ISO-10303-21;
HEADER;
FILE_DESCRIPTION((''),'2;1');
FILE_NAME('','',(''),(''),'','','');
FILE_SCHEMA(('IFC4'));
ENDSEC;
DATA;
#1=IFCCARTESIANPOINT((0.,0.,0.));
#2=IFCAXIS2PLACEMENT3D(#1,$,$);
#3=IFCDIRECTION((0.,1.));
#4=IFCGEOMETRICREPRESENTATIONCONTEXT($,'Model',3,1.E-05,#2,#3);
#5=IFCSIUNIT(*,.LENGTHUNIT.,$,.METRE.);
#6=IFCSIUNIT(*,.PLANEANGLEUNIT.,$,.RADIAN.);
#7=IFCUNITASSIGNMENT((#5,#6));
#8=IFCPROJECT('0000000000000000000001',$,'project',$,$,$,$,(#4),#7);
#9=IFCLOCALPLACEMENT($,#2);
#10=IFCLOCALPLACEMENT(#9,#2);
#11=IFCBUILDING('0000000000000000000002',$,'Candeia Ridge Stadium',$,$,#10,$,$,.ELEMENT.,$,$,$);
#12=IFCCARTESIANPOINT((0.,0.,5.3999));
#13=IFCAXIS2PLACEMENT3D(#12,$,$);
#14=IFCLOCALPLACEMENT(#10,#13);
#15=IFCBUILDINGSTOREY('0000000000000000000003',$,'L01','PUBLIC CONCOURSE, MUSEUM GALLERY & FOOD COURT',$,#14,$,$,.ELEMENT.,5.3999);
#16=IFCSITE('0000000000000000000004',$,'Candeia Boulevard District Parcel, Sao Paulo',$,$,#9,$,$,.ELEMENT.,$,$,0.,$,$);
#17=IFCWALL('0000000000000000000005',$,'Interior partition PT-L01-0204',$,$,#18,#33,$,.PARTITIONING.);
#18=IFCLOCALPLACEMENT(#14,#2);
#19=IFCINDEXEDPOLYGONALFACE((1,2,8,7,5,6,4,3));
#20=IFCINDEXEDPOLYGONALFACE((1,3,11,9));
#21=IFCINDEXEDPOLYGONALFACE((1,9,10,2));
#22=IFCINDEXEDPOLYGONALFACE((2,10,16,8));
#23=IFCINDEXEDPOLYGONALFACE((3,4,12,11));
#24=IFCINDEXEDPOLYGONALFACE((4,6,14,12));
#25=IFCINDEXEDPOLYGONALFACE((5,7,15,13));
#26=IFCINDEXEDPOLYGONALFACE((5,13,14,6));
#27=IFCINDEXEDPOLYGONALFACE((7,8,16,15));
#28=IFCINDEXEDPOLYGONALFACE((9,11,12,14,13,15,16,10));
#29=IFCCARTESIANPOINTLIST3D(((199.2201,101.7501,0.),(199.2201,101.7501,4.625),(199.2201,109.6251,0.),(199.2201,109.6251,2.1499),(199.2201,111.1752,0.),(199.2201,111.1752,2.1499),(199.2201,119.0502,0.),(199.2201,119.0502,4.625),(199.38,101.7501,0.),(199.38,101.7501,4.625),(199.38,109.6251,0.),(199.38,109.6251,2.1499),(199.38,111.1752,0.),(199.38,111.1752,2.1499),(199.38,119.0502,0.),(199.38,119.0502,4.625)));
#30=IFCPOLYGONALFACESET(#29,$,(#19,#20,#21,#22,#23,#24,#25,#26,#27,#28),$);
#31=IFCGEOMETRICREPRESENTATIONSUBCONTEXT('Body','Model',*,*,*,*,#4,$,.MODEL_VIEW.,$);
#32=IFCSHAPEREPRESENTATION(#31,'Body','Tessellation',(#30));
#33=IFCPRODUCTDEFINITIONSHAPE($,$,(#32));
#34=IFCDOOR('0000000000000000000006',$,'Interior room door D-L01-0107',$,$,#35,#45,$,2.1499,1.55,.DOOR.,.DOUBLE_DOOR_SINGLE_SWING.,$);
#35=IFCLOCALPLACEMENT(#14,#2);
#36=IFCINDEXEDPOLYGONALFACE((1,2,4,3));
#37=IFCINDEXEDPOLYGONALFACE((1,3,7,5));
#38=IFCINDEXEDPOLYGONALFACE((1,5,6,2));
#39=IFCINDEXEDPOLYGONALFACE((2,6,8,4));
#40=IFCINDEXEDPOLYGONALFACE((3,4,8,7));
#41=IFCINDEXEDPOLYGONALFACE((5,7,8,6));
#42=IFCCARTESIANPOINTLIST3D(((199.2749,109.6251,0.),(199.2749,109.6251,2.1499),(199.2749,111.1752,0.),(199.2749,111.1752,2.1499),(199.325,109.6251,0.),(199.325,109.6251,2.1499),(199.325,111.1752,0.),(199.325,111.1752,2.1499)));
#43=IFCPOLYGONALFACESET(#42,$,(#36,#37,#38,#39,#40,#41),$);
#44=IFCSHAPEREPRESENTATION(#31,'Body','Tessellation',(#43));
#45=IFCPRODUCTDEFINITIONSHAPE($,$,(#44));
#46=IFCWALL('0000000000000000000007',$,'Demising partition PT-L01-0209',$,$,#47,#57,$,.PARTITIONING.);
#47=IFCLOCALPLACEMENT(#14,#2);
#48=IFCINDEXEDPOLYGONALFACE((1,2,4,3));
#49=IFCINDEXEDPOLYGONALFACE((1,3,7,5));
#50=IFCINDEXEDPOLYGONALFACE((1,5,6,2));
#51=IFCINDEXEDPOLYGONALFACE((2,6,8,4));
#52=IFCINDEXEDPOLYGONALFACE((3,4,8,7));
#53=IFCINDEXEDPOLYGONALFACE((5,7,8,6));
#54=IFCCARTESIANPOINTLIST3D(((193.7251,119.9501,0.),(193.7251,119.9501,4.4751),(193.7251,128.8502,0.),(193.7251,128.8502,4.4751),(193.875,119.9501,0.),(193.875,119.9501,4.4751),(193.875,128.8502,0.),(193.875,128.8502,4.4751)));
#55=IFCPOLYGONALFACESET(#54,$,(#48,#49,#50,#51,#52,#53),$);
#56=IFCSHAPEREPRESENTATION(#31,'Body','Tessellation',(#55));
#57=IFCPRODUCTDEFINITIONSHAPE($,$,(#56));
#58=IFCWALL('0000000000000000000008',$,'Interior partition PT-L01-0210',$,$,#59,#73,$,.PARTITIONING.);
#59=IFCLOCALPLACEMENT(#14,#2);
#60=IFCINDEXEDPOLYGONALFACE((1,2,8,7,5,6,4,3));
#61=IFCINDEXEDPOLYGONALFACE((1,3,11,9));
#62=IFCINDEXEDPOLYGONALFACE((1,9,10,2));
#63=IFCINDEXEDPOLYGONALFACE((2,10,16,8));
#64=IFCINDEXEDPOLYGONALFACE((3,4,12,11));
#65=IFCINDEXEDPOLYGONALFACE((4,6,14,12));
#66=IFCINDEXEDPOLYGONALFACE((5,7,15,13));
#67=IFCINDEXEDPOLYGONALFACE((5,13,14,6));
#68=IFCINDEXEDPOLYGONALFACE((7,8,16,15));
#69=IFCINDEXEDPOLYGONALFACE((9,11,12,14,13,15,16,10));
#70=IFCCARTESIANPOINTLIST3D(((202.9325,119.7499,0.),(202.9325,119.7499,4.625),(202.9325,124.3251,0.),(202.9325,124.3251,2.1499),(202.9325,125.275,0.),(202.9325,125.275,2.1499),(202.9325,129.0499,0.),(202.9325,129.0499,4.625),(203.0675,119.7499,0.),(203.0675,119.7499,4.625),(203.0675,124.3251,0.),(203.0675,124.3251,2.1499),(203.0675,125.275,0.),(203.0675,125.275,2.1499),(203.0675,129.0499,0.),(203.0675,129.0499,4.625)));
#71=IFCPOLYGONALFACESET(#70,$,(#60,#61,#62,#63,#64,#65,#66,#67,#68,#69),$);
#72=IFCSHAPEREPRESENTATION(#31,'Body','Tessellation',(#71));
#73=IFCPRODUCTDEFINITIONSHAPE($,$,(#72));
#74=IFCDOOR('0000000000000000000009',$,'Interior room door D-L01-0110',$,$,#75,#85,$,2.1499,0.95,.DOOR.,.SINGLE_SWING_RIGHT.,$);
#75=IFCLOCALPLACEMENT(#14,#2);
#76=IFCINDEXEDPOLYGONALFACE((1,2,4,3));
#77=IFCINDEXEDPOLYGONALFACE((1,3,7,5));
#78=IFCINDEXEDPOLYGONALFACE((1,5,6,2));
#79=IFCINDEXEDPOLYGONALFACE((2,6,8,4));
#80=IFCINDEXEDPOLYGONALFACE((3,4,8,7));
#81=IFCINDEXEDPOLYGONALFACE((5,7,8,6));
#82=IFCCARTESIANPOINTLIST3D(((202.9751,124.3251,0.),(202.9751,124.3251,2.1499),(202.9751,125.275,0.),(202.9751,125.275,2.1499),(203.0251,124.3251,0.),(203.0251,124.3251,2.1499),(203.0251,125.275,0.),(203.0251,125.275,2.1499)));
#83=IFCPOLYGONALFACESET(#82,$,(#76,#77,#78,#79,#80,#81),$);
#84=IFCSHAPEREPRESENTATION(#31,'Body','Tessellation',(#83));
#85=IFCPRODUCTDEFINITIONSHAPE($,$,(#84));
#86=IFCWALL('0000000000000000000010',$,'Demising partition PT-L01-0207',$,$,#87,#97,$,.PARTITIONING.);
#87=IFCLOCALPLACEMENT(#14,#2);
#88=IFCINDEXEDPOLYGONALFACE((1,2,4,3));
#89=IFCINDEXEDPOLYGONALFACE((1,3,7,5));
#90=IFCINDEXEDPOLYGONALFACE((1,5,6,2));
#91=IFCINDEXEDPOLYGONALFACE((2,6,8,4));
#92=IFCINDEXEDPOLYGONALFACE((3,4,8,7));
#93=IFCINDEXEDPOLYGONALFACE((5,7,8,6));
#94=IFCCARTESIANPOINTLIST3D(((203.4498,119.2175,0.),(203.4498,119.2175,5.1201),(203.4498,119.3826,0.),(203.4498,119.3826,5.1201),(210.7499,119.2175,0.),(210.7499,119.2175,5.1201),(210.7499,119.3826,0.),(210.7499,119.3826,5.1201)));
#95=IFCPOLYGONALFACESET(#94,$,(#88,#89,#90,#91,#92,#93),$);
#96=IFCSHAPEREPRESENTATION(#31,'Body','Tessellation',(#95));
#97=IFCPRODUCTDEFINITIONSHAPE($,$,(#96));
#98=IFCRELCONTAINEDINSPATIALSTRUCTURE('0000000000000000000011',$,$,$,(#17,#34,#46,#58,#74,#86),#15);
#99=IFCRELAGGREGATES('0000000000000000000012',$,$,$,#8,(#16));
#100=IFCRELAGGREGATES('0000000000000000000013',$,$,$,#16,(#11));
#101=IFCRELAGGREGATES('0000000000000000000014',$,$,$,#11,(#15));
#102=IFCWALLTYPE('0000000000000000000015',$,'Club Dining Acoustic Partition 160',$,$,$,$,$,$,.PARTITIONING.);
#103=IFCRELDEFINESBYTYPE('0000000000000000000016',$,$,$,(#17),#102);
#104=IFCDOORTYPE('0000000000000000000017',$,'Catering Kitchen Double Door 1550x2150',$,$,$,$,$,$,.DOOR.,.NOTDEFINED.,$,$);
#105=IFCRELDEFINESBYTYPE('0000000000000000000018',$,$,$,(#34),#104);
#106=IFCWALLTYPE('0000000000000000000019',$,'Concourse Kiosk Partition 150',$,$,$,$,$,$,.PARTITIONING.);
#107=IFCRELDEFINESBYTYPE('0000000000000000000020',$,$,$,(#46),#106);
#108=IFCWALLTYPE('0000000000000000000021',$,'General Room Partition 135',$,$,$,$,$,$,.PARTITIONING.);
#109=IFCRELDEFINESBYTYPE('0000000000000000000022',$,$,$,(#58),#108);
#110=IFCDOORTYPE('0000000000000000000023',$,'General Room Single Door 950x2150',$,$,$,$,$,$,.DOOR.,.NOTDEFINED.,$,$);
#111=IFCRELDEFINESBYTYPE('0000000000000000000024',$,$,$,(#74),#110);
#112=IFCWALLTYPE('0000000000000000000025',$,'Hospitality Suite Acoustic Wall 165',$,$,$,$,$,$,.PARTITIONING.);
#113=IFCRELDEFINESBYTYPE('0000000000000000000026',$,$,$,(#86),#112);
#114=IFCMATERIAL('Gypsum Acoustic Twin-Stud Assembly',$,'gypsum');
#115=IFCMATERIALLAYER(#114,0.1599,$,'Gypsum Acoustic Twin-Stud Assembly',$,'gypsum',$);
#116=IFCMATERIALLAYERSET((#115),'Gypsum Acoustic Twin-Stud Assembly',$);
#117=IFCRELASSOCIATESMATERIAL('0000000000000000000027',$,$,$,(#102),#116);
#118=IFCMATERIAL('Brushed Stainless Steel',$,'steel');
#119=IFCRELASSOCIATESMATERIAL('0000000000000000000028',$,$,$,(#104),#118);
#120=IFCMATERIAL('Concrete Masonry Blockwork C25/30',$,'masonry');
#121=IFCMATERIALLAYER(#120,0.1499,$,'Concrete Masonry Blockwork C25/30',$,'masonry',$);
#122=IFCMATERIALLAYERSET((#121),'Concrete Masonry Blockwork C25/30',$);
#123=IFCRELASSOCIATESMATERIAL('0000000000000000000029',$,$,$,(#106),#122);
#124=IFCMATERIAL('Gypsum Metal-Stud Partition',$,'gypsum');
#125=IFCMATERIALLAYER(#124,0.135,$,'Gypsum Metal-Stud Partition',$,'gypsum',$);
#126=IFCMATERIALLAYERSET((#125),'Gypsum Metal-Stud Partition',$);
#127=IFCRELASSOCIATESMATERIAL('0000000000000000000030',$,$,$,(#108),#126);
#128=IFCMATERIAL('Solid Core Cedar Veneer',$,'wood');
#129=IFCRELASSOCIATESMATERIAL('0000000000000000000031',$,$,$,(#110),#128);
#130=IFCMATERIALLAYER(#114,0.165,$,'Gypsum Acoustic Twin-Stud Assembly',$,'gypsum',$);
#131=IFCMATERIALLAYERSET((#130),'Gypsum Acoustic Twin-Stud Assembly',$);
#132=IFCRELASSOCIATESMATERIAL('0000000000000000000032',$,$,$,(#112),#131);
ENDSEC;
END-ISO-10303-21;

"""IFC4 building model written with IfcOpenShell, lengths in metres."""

from ifc_helpers import new_model, si_unit, direction, frame, frame_2d, origin, place, context, subcontext, project, spatial, rectangle, extrude, material, layer, layer_set, type_object, element, fill, save


model = new_model("IFC4")

# Units and contexts
model_context = context("Model", 3, precision=1e-05, world=origin(), true_north=direction((0.0, 1.0)))
body_context = subcontext(model_context, "Body", "Model", "MODEL_VIEW")
ifc_project = project(units=[si_unit("LENGTHUNIT", "METRE"), si_unit("PLANEANGLEUNIT", "RADIAN")], contexts=[model_context])

# Site, building, storey
site_placement = place(None, origin())
site = spatial("IfcSite", under=ifc_project, at=site_placement, Name="Candeia Boulevard District Parcel, Sao Paulo", CompositionType="ELEMENT", RefElevation=0.0)
building_placement = place(site_placement, origin())
building = spatial("IfcBuilding", under=site, at=building_placement, Name="Candeia Ridge Stadium", CompositionType="ELEMENT")
storey_placement = place(building_placement, frame((0.0, 0.0, 5.3999)))
storey = spatial("IfcBuildingStorey", under=building, at=storey_placement, Name="L01", Description="PUBLIC CONCOURSE, MUSEUM GALLERY & FOOD COURT", CompositionType="ELEMENT", Elevation=5.3999)

# Wall, opening, door
ifc_material_1 = material(Name="Gypsum Acoustic Twin-Stud Assembly", Category="gypsum")
ifc_layer_1 = layer(ifc_material_1, 0.1599, Name="Gypsum Acoustic Twin-Stud Assembly", Category="gypsum")
ifc_layer_set_1 = layer_set([ifc_layer_1], Name="Gypsum Acoustic Twin-Stud Assembly")
wall_type_1 = type_object("IfcWallType", Name="Club Dining Acoustic Partition 160", PredefinedType="PARTITIONING", material=ifc_layer_set_1)
wall_1_placement = place(storey_placement, frame((199.3, 119.05, 0.0), z_axis=(0.0, 0.0, 1.0), x_axis=(0.0, -1.0, 0.0)))
wall_1 = element("IfcWall", 1, at=wall_1_placement, inside=storey, type_object=wall_type_1, Name="Interior partition PT-L01-0204", PredefinedType="PARTITIONING", context=body_context, shape_type="SweptSolid", body=[
    extrude(rectangle(XDim=17.3, YDim=0.1599, at=frame_2d((8.6499, 0.0))), origin(), (0.0, 0.0, 1.0), 4.625),
])
opening_1_placement = place(wall_1_placement, frame((7.875, 0.0, 0.0)))
opening_1 = element("IfcOpeningElement", 2, at=opening_1_placement, cuts=wall_1, PredefinedType="OPENING", context=body_context, shape_type="SweptSolid", body=[
    extrude(rectangle(XDim=1.55, YDim=2.1499, at=frame_2d((0.7749, 1.075))), frame((0.0, 0.0898, 0.0), z_axis=(0.0, -1.0, 0.0), x_axis=(1.0, 0.0, 0.0)), (0.0, 0.0, 1.0), 0.1799),
])
ifc_material_2 = material(Name="Brushed Stainless Steel", Category="steel")
door_type_1 = type_object("IfcDoorType", Name="Catering Kitchen Double Door 1550x2150", OperationType="NOTDEFINED", PredefinedType="DOOR", material=ifc_material_2)
door_1_placement = place(opening_1_placement, origin())
door_1 = element("IfcDoor", 3, at=door_1_placement, inside=storey, type_object=door_type_1, Name="Interior room door D-L01-0107", OperationType="DOUBLE_DOOR_SINGLE_SWING", OverallHeight=2.1499, OverallWidth=1.55, PredefinedType="DOOR", context=body_context, shape_type="SweptSolid", body=[
    extrude(rectangle(XDim=1.55, YDim=2.1499, at=frame_2d((0.7749, 1.075))), frame((0.0, 0.0249, 0.0), z_axis=(0.0, -1.0, 0.0), x_axis=(1.0, 0.0, 0.0)), (0.0, 0.0, 1.0), 0.05),
])
fill(opening_1, door_1)

# Wall
ifc_material_3 = material(Name="Concrete Masonry Blockwork C25/30", Category="masonry")
ifc_layer_2 = layer(ifc_material_3, 0.1499, Name="Concrete Masonry Blockwork C25/30", Category="masonry")
ifc_layer_set_2 = layer_set([ifc_layer_2], Name="Concrete Masonry Blockwork C25/30")
wall_type_2 = type_object("IfcWallType", Name="Concourse Kiosk Partition 150", PredefinedType="PARTITIONING", material=ifc_layer_set_2)
wall_2_placement = place(storey_placement, frame((193.8, 119.95, 0.0), z_axis=(0.0, 0.0, 1.0), x_axis=(0.0, 1.0, 0.0)))
element("IfcWall", 4, at=wall_2_placement, inside=storey, type_object=wall_type_2, Name="Demising partition PT-L01-0209", PredefinedType="PARTITIONING", context=body_context, shape_type="SweptSolid", body=[
    extrude(rectangle(XDim=8.9001, YDim=0.1499, at=frame_2d((4.4502, 0.0))), origin(), (0.0, 0.0, 1.0), 4.4751),
])

# Wall, opening, door
ifc_material_4 = material(Name="Gypsum Metal-Stud Partition", Category="gypsum")
ifc_layer_3 = layer(ifc_material_4, 0.135, Name="Gypsum Metal-Stud Partition", Category="gypsum")
ifc_layer_set_3 = layer_set([ifc_layer_3], Name="Gypsum Metal-Stud Partition")
wall_type_3 = type_object("IfcWallType", Name="General Room Partition 135", PredefinedType="PARTITIONING", material=ifc_layer_set_3)
wall_3_placement = place(storey_placement, frame((203.0, 119.75, 0.0), z_axis=(0.0, 0.0, 1.0), x_axis=(0.0, 1.0, 0.0)))
wall_3 = element("IfcWall", 5, at=wall_3_placement, inside=storey, type_object=wall_type_3, Name="Interior partition PT-L01-0210", PredefinedType="PARTITIONING", context=body_context, shape_type="SweptSolid", body=[
    extrude(rectangle(XDim=9.3, YDim=0.135, at=frame_2d((4.6499, 0.0))), origin(), (0.0, 0.0, 1.0), 4.625),
])
opening_2_placement = place(wall_3_placement, frame((4.575, 0.0, 0.0)))
opening_2 = element("IfcOpeningElement", 6, at=opening_2_placement, cuts=wall_3, PredefinedType="OPENING", context=body_context, shape_type="SweptSolid", body=[
    extrude(rectangle(XDim=0.95, YDim=2.1499, at=frame_2d((0.4751, 1.075))), frame((0.0, 0.0774, 0.0), z_axis=(0.0, -1.0, 0.0), x_axis=(1.0, 0.0, 0.0)), (0.0, 0.0, 1.0), 0.155),
])
ifc_material_5 = material(Name="Solid Core Cedar Veneer", Category="wood")
door_type_2 = type_object("IfcDoorType", Name="General Room Single Door 950x2150", OperationType="NOTDEFINED", PredefinedType="DOOR", material=ifc_material_5)
door_2_placement = place(opening_2_placement, origin())
door_2 = element("IfcDoor", 7, at=door_2_placement, inside=storey, type_object=door_type_2, Name="Interior room door D-L01-0110", OperationType="SINGLE_SWING_RIGHT", OverallHeight=2.1499, OverallWidth=0.95, PredefinedType="DOOR", context=body_context, shape_type="SweptSolid", body=[
    extrude(rectangle(XDim=0.95, YDim=2.1499, at=frame_2d((0.4751, 1.075))), frame((0.0, 0.0249, 0.0), z_axis=(0.0, -1.0, 0.0), x_axis=(1.0, 0.0, 0.0)), (0.0, 0.0, 1.0), 0.05),
])
fill(opening_2, door_2)

# Wall
ifc_layer_4 = layer(ifc_material_1, 0.165, Name="Gypsum Acoustic Twin-Stud Assembly", Category="gypsum")
ifc_layer_set_4 = layer_set([ifc_layer_4], Name="Gypsum Acoustic Twin-Stud Assembly")
wall_type_4 = type_object("IfcWallType", Name="Hospitality Suite Acoustic Wall 165", PredefinedType="PARTITIONING", material=ifc_layer_set_4)
wall_4_placement = place(storey_placement, frame((203.45, 119.3, 0.0), z_axis=(0.0, 0.0, 1.0), x_axis=(1.0, 0.0, 0.0)))
element("IfcWall", 8, at=wall_4_placement, inside=storey, type_object=wall_type_4, Name="Demising partition PT-L01-0207", PredefinedType="PARTITIONING", context=body_context, shape_type="SweptSolid", body=[
    extrude(rectangle(XDim=7.3, YDim=0.165, at=frame_2d((3.6499, 0.0))), origin(), (0.0, 0.0, 1.0), 5.1201),
])

save(model, "model.ifc")
